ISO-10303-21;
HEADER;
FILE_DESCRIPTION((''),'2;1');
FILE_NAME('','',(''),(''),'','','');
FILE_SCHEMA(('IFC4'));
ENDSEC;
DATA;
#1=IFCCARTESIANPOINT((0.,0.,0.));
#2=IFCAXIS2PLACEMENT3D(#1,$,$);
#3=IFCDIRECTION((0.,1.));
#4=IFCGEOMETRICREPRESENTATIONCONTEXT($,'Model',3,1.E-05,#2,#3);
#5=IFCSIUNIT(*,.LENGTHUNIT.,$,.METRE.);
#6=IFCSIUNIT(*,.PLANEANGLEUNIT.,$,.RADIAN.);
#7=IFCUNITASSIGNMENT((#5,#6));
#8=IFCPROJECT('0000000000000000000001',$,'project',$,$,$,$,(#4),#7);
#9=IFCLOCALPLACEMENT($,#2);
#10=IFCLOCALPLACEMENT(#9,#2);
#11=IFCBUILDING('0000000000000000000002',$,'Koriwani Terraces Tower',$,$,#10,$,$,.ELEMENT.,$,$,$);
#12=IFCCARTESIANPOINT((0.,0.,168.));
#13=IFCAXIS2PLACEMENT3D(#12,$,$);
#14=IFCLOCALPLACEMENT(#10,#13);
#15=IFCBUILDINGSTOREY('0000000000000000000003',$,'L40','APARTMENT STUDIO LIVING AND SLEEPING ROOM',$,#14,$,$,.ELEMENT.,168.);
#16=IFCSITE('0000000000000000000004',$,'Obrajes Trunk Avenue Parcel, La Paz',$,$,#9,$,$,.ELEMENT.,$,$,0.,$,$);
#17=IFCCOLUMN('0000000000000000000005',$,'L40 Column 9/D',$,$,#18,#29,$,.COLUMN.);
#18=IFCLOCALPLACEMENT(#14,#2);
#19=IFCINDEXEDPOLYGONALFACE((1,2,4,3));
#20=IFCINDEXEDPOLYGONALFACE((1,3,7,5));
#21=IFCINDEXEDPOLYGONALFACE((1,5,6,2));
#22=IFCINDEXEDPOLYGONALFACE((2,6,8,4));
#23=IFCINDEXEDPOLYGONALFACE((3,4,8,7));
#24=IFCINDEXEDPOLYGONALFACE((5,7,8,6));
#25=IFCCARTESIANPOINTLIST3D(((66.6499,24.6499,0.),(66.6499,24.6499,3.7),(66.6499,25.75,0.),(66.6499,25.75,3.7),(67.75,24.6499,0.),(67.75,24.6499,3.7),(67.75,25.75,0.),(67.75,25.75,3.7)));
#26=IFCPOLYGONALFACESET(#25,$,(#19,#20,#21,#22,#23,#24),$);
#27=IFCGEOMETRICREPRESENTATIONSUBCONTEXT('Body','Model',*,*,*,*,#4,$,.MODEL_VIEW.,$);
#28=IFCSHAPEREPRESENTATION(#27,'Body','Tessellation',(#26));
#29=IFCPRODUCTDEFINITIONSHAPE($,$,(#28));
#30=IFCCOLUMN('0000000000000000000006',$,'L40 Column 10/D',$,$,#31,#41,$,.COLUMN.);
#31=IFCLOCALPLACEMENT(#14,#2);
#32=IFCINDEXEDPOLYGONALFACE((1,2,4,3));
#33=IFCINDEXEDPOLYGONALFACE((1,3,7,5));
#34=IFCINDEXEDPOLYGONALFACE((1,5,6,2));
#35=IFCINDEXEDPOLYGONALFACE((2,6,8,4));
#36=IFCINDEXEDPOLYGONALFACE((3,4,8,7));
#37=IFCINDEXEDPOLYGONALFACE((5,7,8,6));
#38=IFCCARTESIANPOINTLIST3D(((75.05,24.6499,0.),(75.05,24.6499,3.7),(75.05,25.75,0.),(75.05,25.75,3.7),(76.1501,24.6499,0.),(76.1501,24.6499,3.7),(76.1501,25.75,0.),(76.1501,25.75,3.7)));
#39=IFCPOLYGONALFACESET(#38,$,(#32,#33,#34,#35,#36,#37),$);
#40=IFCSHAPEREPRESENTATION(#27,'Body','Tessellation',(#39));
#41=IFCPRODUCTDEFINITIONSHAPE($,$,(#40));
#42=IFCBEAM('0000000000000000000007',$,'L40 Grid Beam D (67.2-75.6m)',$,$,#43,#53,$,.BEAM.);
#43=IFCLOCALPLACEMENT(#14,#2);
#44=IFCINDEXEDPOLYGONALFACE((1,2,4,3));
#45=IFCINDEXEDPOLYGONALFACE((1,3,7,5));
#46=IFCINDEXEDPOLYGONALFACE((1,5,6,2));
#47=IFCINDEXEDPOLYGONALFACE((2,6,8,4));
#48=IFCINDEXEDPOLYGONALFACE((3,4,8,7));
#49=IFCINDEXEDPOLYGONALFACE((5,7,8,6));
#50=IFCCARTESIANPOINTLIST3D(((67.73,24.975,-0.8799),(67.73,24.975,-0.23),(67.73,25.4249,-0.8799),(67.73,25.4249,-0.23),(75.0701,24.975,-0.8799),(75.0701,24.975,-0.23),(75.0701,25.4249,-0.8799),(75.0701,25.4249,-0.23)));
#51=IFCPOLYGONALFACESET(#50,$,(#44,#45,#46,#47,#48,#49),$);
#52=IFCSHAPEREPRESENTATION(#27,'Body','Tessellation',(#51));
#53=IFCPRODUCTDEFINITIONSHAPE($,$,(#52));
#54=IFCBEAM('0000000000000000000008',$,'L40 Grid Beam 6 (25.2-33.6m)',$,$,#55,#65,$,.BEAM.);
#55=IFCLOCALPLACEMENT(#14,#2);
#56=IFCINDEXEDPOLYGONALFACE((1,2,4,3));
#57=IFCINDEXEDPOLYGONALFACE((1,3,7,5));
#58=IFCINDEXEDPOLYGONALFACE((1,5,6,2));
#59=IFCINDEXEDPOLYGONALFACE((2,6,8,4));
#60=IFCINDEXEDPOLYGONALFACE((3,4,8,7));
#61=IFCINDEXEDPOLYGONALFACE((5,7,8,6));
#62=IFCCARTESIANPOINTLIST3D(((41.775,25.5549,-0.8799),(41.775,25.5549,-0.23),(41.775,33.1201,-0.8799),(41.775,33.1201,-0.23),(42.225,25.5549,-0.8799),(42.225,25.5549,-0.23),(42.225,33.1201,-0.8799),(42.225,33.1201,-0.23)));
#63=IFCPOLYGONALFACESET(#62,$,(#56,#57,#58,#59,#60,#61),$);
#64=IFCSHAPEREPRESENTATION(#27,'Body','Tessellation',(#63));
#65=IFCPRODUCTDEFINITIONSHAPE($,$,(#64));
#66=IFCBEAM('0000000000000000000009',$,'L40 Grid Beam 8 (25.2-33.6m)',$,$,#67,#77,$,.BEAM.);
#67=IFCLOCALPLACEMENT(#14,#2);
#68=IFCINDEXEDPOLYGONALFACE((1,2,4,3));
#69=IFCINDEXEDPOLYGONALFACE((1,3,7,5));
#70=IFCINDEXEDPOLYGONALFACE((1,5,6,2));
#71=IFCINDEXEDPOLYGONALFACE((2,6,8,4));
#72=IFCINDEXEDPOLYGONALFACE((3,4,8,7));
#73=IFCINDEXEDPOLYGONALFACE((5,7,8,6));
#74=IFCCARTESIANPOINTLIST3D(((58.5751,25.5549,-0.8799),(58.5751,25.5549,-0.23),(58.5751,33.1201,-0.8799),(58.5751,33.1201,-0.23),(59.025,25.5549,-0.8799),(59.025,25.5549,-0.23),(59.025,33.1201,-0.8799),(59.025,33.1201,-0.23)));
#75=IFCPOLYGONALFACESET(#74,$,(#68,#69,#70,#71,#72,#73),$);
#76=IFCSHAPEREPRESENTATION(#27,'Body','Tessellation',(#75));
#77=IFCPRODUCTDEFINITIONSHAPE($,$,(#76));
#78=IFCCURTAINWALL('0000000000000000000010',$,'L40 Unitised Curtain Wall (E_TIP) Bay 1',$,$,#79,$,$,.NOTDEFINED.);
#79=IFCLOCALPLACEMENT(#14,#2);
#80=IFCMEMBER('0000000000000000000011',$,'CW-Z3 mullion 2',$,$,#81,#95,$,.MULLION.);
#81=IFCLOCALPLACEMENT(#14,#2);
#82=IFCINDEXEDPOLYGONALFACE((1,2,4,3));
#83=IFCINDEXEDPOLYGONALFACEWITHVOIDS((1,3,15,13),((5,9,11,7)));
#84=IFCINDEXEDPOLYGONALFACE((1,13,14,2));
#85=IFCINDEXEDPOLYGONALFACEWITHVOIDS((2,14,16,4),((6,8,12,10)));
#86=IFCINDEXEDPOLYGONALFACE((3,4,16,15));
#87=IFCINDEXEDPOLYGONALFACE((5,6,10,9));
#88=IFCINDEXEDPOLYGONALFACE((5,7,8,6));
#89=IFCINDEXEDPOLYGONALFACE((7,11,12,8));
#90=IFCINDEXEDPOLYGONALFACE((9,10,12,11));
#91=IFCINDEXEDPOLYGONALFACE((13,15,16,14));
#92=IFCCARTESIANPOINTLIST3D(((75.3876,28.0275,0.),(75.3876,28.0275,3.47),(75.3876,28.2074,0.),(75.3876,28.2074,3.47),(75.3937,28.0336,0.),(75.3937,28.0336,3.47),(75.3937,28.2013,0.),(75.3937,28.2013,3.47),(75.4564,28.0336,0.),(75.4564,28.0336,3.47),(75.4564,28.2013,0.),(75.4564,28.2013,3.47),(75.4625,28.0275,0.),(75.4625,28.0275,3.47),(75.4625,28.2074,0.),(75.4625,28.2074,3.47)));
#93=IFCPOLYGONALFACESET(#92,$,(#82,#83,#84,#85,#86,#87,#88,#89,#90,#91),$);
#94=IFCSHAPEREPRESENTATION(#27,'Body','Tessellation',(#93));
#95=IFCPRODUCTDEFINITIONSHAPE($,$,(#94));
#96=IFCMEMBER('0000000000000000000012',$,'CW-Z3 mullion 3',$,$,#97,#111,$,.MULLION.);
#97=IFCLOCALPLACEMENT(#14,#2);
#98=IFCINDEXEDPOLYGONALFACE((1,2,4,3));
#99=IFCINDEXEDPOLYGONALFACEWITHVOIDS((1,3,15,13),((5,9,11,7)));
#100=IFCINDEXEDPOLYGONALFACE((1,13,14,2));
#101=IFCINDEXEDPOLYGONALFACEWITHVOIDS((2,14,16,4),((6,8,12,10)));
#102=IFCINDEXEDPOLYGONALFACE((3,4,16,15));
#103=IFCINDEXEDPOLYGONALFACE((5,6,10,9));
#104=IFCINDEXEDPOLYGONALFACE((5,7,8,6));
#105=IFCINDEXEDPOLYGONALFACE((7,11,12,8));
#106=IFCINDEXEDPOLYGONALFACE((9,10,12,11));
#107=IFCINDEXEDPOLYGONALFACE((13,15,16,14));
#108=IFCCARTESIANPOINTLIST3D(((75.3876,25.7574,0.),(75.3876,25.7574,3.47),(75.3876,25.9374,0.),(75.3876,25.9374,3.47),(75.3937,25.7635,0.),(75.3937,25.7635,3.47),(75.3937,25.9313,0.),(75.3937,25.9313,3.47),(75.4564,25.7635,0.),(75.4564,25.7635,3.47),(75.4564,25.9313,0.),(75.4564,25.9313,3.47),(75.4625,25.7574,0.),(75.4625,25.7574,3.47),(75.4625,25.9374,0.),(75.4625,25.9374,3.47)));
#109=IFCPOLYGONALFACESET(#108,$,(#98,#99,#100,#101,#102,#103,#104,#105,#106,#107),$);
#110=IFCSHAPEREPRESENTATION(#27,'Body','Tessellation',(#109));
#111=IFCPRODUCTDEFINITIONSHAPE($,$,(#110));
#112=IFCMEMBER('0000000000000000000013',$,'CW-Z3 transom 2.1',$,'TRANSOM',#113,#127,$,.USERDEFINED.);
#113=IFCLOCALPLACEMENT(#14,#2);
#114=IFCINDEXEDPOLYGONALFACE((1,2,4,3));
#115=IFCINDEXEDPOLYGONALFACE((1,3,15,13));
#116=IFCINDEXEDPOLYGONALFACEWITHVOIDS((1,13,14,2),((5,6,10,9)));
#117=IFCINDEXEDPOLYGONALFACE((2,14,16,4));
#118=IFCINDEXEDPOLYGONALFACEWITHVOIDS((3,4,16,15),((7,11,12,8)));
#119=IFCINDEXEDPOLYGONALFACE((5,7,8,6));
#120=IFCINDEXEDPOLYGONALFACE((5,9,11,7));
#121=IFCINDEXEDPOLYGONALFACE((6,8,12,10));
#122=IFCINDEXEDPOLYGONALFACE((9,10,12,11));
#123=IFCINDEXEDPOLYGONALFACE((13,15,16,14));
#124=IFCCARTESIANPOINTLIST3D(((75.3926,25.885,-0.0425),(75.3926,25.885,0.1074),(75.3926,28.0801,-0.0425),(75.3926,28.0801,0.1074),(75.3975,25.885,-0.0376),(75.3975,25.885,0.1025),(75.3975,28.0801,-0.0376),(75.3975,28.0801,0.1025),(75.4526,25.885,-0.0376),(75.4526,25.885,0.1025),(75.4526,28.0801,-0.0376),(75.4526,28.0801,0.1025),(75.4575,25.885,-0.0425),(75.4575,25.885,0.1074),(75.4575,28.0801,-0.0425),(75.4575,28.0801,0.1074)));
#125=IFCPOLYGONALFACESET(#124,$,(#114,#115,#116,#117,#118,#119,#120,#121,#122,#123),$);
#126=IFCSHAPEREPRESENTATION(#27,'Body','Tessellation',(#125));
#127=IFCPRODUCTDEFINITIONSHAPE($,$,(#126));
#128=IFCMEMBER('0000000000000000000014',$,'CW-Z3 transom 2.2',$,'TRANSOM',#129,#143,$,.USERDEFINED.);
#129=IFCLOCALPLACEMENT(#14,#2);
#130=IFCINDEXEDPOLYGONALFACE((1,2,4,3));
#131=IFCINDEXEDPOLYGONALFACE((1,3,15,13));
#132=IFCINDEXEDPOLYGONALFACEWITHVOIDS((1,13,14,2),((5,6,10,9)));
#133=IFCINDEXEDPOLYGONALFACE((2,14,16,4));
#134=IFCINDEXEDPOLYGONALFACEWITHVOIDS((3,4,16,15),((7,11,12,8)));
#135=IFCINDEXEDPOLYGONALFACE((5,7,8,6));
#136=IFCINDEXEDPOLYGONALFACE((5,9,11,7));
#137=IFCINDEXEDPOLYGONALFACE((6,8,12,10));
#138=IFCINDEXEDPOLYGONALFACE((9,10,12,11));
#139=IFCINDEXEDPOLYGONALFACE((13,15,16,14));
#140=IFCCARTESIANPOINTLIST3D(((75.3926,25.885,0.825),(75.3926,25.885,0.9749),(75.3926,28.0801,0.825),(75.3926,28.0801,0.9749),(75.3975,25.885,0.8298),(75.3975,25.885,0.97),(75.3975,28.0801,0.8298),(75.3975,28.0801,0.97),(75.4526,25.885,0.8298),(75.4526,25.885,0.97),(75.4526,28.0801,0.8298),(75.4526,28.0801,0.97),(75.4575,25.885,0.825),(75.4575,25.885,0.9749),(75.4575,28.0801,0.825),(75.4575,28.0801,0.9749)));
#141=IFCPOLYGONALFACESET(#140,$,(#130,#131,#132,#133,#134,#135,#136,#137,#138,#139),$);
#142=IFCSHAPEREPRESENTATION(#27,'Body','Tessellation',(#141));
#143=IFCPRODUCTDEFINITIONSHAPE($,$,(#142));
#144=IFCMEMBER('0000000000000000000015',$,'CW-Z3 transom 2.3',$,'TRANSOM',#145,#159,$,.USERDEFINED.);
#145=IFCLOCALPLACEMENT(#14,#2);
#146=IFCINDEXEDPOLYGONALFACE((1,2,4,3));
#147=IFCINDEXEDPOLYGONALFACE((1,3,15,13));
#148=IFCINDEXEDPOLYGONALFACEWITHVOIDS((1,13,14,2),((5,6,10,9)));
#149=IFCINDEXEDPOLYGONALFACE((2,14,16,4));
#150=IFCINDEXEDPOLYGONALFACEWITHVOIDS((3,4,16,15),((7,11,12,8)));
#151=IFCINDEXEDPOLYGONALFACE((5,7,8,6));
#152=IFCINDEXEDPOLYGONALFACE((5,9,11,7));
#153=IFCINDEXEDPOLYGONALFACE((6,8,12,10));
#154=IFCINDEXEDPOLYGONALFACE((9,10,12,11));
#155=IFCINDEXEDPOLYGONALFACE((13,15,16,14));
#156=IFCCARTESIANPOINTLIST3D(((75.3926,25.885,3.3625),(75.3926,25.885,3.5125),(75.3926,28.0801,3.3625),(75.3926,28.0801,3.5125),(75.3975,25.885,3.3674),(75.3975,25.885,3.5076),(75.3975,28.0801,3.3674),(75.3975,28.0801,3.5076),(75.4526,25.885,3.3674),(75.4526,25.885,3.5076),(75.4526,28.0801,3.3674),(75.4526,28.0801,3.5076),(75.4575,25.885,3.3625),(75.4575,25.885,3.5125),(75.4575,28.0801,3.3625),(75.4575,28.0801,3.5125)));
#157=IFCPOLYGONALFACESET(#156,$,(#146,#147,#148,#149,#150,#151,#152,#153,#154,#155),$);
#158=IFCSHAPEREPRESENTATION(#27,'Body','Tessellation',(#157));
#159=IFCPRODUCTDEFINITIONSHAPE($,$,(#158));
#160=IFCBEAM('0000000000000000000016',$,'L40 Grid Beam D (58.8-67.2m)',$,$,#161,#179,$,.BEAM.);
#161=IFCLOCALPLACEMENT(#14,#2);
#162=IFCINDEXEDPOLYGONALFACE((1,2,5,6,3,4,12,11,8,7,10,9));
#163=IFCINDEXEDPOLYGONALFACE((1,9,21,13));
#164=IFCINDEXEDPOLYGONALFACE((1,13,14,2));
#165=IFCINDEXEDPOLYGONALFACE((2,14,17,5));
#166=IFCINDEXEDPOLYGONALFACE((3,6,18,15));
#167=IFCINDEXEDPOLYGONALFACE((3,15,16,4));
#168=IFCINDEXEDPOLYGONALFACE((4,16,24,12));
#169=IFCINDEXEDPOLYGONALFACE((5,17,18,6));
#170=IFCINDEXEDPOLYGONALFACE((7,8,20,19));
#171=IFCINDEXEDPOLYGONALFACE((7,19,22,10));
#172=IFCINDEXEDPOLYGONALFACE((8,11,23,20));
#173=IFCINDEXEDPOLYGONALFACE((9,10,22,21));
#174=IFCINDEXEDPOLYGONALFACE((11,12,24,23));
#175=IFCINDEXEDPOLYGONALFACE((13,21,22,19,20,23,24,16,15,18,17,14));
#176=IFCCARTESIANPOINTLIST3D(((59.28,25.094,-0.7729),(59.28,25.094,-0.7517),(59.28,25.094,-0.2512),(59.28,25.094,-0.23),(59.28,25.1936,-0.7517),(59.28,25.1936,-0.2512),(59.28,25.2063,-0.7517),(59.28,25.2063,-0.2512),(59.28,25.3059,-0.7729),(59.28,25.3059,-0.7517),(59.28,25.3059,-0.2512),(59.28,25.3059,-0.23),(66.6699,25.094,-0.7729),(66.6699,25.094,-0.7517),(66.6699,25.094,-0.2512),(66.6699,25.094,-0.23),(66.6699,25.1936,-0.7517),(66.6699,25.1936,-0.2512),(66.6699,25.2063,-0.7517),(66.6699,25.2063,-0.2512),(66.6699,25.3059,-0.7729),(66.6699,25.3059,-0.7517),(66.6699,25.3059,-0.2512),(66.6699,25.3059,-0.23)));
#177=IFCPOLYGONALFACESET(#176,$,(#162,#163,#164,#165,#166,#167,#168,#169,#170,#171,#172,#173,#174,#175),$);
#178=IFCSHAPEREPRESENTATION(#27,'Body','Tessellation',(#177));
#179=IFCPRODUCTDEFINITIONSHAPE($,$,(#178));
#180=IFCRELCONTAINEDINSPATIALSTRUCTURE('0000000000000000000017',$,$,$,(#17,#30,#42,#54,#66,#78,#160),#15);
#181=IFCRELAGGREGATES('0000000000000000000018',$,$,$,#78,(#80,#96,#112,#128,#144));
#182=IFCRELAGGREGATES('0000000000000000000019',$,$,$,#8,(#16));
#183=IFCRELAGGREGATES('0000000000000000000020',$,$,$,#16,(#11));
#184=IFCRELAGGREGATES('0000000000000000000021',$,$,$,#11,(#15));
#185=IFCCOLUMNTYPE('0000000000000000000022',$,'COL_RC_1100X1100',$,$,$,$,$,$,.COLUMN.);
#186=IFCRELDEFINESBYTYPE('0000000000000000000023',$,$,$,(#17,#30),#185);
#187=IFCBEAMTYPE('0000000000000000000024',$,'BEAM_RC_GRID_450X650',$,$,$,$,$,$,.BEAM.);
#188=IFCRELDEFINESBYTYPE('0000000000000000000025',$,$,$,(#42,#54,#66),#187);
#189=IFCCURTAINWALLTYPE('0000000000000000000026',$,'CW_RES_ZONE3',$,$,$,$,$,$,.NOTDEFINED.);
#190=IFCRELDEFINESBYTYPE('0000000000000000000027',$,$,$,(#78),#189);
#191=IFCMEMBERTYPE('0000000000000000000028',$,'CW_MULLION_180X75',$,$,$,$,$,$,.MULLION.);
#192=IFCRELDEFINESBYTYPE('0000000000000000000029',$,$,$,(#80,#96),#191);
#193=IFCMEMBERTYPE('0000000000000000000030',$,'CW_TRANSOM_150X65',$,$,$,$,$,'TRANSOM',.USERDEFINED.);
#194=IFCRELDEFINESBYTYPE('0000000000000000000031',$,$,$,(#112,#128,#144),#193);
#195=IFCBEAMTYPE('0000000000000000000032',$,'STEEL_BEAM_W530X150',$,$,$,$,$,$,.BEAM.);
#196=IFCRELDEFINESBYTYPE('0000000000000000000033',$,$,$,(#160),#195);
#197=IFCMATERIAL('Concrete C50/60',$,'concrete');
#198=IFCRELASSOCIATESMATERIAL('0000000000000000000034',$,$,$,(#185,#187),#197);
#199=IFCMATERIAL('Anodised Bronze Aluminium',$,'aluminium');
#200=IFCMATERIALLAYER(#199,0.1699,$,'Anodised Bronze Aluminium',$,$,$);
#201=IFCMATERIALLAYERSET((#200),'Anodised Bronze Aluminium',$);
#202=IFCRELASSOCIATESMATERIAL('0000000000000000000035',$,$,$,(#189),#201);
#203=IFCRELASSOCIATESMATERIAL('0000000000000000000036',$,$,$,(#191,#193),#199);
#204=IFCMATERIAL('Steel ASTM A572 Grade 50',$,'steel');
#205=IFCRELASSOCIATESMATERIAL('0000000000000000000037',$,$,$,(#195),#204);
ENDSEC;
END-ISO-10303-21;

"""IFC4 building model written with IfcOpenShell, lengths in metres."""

from ifc_helpers import new_model, si_unit, direction, frame, origin, origin_2d, place, context, subcontext, project, spatial, rectangle, hollow_rectangle, i_section, extrude, material, layer, layer_set, material_profile, profile_set, type_object, element, aggregate, save


model = new_model("IFC4")

# Units and contexts
model_context = context("Model", 3, precision=1e-05, world=origin(), true_north=direction((0.0, 1.0)))
body_context = subcontext(model_context, "Body", "Model", "MODEL_VIEW")
ifc_project = project(units=[si_unit("LENGTHUNIT", "METRE"), si_unit("PLANEANGLEUNIT", "RADIAN")], contexts=[model_context])

# Site, building, storey
site_placement = place(None, origin())
site = spatial("IfcSite", under=ifc_project, at=site_placement, Name="Obrajes Trunk Avenue Parcel, La Paz", CompositionType="ELEMENT", RefElevation=0.0)
building_placement = place(site_placement, origin())
building = spatial("IfcBuilding", under=site, at=building_placement, Name="Koriwani Terraces Tower", CompositionType="ELEMENT")
storey_placement = place(building_placement, frame((0.0, 0.0, 168.0)))
storey = spatial("IfcBuildingStorey", under=building, at=storey_placement, Name="L40", Description="APARTMENT STUDIO LIVING AND SLEEPING ROOM", CompositionType="ELEMENT", Elevation=168.0)

# Columns
ifc_material_1 = material(Name="Concrete C50/60", Category="concrete")
ifc_material_profile_1 = material_profile(ifc_material_1, rectangle(XDim=1.1001, YDim=1.1001, at=origin_2d()), Name="Concrete C50/60", Category="LoadBearing")
ifc_profile_set_1 = profile_set([ifc_material_profile_1], Name="Concrete C50/60")
column_type = type_object("IfcColumnType", Name="COL_RC_1100X1100", PredefinedType="COLUMN", material=ifc_profile_set_1)
for number, where, z_axis, x_axis, name in (
    (1, (67.2, 25.2, 0.0), (0.0, 0.0, 1.0), (1.0, 0.0, 0.0), "L40 Column 9/D"),
    (2, (75.6001, 25.2, 0.0), (0.0, 0.0, 1.0), (1.0, 0.0, 0.0), "L40 Column 10/D"),
):
    element("IfcColumn", number, at=place(storey_placement, frame(where, z_axis=z_axis, x_axis=x_axis)), inside=storey, type_object=column_type, Name=name, PredefinedType="COLUMN", context=body_context, shape_type="SweptSolid", body=[
        extrude(rectangle(XDim=1.1001, YDim=1.1001, at=origin_2d()), origin(), (0.0, 0.0, 1.0), 3.7),
    ])

# Beams
ifc_material_profile_2 = material_profile(ifc_material_1, rectangle(XDim=0.45, YDim=0.6499, at=origin_2d()), Name="Concrete C50/60", Category="LoadBearing")
ifc_profile_set_2 = profile_set([ifc_material_profile_2], Name="Concrete C50/60")
beam_type_1 = type_object("IfcBeamType", Name="BEAM_RC_GRID_450X650", PredefinedType="BEAM", material=ifc_profile_set_2)
beam_1_placement = place(storey_placement, frame((67.73, 25.2, -0.5549), z_axis=(1.0, 0.0, 0.0), x_axis=(0.0, 1.0, 0.0)))
element("IfcBeam", 3, at=beam_1_placement, inside=storey, type_object=beam_type_1, Name="L40 Grid Beam D (67.2-75.6m)", PredefinedType="BEAM", context=body_context, shape_type="SweptSolid", body=[
    extrude(rectangle(XDim=0.45, YDim=0.6499, at=origin_2d()), origin(), (0.0, 0.0, 1.0), 7.3401),
])
for number, where, z_axis, x_axis, name in (
    (4, (42.0, 25.5549, -0.5549), (0.0, 1.0, 0.0), (-1.0, 0.0, 0.0), "L40 Grid Beam 6 (25.2-33.6m)"),
    (5, (58.8, 25.5549, -0.5549), (0.0, 1.0, 0.0), (-1.0, 0.0, 0.0), "L40 Grid Beam 8 (25.2-33.6m)"),
):
    element("IfcBeam", number, at=place(storey_placement, frame(where, z_axis=z_axis, x_axis=x_axis)), inside=storey, type_object=beam_type_1, Name=name, PredefinedType="BEAM", context=body_context, shape_type="SweptSolid", body=[
        extrude(rectangle(XDim=0.45, YDim=0.6499, at=origin_2d()), origin(), (0.0, 0.0, 1.0), 7.5652),
    ])

# Curtain wall, members
ifc_material_2 = material(Name="Anodised Bronze Aluminium", Category="aluminium")
ifc_layer_1 = layer(ifc_material_2, 0.1699, Name="Anodised Bronze Aluminium")
ifc_layer_set_1 = layer_set([ifc_layer_1], Name="Anodised Bronze Aluminium")
curtain_wall_type = type_object("IfcCurtainWallType", Name="CW_RES_ZONE3", PredefinedType="NOTDEFINED", material=ifc_layer_set_1)
curtain_wall_placement = place(storey_placement, origin())
curtain_wall = element("IfcCurtainWall", 6, at=curtain_wall_placement, inside=storey, type_object=curtain_wall_type, Name="L40 Unitised Curtain Wall (E_TIP) Bay 1", PredefinedType="NOTDEFINED")
ifc_material_profile_3 = material_profile(ifc_material_2, hollow_rectangle(XDim=0.075, YDim=0.1799, WallThickness=0.0061, at=origin_2d()), Name="Anodised Bronze Aluminium", Category="LoadBearing")
ifc_profile_set_3 = profile_set([ifc_material_profile_3], Name="Anodised Bronze Aluminium")
member_type_1 = type_object("IfcMemberType", Name="CW_MULLION_180X75", PredefinedType="MULLION", material=ifc_profile_set_3)
member_1_placement = place(storey_placement, frame((75.425, 28.1174, 0.0), z_axis=(0.0, 0.0, 1.0), x_axis=(1.0, 0.0, 0.0)))
member_1 = element("IfcMember", 7, at=member_1_placement, type_object=member_type_1, Name="CW-Z3 mullion 2", PredefinedType="MULLION", context=body_context, shape_type="SweptSolid", body=[
    extrude(hollow_rectangle(XDim=0.075, YDim=0.1799, WallThickness=0.0061, at=origin_2d()), origin(), (0.0, 0.0, 1.0), 3.47),
])
member_2_placement = place(storey_placement, frame((75.425, 25.8474, 0.0), z_axis=(0.0, 0.0, 1.0), x_axis=(1.0, 0.0, 0.0)))
member_2 = element("IfcMember", 8, at=member_2_placement, type_object=member_type_1, Name="CW-Z3 mullion 3", PredefinedType="MULLION", context=body_context, shape_type="SweptSolid", body=[
    extrude(hollow_rectangle(XDim=0.075, YDim=0.1799, WallThickness=0.0061, at=origin_2d()), origin(), (0.0, 0.0, 1.0), 3.47),
])
ifc_material_profile_4 = material_profile(ifc_material_2, hollow_rectangle(XDim=0.0649, YDim=0.1499, WallThickness=0.0049, at=origin_2d()), Name="Anodised Bronze Aluminium", Category="LoadBearing")
ifc_profile_set_4 = profile_set([ifc_material_profile_4], Name="Anodised Bronze Aluminium")
member_type_2 = type_object("IfcMemberType", Name="CW_TRANSOM_150X65", ElementType="TRANSOM", PredefinedType="USERDEFINED", material=ifc_profile_set_4)
member_3_placement = place(storey_placement, frame((75.425, 28.0801, 0.0325), z_axis=(0.0, -1.0, 0.0), x_axis=(1.0, 0.0, 0.0)))
member_3 = element("IfcMember", 9, at=member_3_placement, type_object=member_type_2, Name="CW-Z3 transom 2.1", ObjectType="TRANSOM", PredefinedType="USERDEFINED", context=body_context, shape_type="SweptSolid", body=[
    extrude(hollow_rectangle(XDim=0.0649, YDim=0.1499, WallThickness=0.0049, at=origin_2d()), origin(), (0.0, 0.0, 1.0), 2.1951),
])
member_4_placement = place(storey_placement, frame((75.425, 28.0801, 0.8999), z_axis=(0.0, -1.0, 0.0), x_axis=(1.0, 0.0, 0.0)))
member_4 = element("IfcMember", 10, at=member_4_placement, type_object=member_type_2, Name="CW-Z3 transom 2.2", ObjectType="TRANSOM", PredefinedType="USERDEFINED", context=body_context, shape_type="SweptSolid", body=[
    extrude(hollow_rectangle(XDim=0.0649, YDim=0.1499, WallThickness=0.0049, at=origin_2d()), origin(), (0.0, 0.0, 1.0), 2.1951),
])
member_5_placement = place(storey_placement, frame((75.425, 28.0801, 3.4375), z_axis=(0.0, -1.0, 0.0), x_axis=(1.0, 0.0, 0.0)))
member_5 = element("IfcMember", 11, at=member_5_placement, type_object=member_type_2, Name="CW-Z3 transom 2.3", ObjectType="TRANSOM", PredefinedType="USERDEFINED", context=body_context, shape_type="SweptSolid", body=[
    extrude(hollow_rectangle(XDim=0.0649, YDim=0.1499, WallThickness=0.0049, at=origin_2d()), origin(), (0.0, 0.0, 1.0), 2.1951),
])

# Beam
ifc_material_3 = material(Name="Steel ASTM A572 Grade 50", Category="steel")
ifc_material_profile_5 = material_profile(ifc_material_3, i_section(OverallWidth=0.2119, OverallDepth=0.543, WebThickness=0.0127, FlangeThickness=0.0212, at=origin_2d()), Name="Steel ASTM A572 Grade 50", Category="LoadBearing")
ifc_profile_set_5 = profile_set([ifc_material_profile_5], Name="Steel ASTM A572 Grade 50")
beam_type_2 = type_object("IfcBeamType", Name="STEEL_BEAM_W530X150", PredefinedType="BEAM", material=ifc_profile_set_5)
beam_2_placement = place(storey_placement, frame((59.28, 25.2, -0.5015), z_axis=(1.0, 0.0, 0.0), x_axis=(0.0, 1.0, 0.0)))
element("IfcBeam", 12, at=beam_2_placement, inside=storey, type_object=beam_type_2, Name="L40 Grid Beam D (58.8-67.2m)", PredefinedType="BEAM", context=body_context, shape_type="SweptSolid", body=[
    extrude(i_section(OverallWidth=0.2119, OverallDepth=0.543, WebThickness=0.0127, FlangeThickness=0.0212, at=origin_2d()), origin(), (0.0, 0.0, 1.0), 7.3899),
])

aggregate(curtain_wall, [member_1, member_2, member_3, member_4, member_5])

save(model, "model.ifc")
